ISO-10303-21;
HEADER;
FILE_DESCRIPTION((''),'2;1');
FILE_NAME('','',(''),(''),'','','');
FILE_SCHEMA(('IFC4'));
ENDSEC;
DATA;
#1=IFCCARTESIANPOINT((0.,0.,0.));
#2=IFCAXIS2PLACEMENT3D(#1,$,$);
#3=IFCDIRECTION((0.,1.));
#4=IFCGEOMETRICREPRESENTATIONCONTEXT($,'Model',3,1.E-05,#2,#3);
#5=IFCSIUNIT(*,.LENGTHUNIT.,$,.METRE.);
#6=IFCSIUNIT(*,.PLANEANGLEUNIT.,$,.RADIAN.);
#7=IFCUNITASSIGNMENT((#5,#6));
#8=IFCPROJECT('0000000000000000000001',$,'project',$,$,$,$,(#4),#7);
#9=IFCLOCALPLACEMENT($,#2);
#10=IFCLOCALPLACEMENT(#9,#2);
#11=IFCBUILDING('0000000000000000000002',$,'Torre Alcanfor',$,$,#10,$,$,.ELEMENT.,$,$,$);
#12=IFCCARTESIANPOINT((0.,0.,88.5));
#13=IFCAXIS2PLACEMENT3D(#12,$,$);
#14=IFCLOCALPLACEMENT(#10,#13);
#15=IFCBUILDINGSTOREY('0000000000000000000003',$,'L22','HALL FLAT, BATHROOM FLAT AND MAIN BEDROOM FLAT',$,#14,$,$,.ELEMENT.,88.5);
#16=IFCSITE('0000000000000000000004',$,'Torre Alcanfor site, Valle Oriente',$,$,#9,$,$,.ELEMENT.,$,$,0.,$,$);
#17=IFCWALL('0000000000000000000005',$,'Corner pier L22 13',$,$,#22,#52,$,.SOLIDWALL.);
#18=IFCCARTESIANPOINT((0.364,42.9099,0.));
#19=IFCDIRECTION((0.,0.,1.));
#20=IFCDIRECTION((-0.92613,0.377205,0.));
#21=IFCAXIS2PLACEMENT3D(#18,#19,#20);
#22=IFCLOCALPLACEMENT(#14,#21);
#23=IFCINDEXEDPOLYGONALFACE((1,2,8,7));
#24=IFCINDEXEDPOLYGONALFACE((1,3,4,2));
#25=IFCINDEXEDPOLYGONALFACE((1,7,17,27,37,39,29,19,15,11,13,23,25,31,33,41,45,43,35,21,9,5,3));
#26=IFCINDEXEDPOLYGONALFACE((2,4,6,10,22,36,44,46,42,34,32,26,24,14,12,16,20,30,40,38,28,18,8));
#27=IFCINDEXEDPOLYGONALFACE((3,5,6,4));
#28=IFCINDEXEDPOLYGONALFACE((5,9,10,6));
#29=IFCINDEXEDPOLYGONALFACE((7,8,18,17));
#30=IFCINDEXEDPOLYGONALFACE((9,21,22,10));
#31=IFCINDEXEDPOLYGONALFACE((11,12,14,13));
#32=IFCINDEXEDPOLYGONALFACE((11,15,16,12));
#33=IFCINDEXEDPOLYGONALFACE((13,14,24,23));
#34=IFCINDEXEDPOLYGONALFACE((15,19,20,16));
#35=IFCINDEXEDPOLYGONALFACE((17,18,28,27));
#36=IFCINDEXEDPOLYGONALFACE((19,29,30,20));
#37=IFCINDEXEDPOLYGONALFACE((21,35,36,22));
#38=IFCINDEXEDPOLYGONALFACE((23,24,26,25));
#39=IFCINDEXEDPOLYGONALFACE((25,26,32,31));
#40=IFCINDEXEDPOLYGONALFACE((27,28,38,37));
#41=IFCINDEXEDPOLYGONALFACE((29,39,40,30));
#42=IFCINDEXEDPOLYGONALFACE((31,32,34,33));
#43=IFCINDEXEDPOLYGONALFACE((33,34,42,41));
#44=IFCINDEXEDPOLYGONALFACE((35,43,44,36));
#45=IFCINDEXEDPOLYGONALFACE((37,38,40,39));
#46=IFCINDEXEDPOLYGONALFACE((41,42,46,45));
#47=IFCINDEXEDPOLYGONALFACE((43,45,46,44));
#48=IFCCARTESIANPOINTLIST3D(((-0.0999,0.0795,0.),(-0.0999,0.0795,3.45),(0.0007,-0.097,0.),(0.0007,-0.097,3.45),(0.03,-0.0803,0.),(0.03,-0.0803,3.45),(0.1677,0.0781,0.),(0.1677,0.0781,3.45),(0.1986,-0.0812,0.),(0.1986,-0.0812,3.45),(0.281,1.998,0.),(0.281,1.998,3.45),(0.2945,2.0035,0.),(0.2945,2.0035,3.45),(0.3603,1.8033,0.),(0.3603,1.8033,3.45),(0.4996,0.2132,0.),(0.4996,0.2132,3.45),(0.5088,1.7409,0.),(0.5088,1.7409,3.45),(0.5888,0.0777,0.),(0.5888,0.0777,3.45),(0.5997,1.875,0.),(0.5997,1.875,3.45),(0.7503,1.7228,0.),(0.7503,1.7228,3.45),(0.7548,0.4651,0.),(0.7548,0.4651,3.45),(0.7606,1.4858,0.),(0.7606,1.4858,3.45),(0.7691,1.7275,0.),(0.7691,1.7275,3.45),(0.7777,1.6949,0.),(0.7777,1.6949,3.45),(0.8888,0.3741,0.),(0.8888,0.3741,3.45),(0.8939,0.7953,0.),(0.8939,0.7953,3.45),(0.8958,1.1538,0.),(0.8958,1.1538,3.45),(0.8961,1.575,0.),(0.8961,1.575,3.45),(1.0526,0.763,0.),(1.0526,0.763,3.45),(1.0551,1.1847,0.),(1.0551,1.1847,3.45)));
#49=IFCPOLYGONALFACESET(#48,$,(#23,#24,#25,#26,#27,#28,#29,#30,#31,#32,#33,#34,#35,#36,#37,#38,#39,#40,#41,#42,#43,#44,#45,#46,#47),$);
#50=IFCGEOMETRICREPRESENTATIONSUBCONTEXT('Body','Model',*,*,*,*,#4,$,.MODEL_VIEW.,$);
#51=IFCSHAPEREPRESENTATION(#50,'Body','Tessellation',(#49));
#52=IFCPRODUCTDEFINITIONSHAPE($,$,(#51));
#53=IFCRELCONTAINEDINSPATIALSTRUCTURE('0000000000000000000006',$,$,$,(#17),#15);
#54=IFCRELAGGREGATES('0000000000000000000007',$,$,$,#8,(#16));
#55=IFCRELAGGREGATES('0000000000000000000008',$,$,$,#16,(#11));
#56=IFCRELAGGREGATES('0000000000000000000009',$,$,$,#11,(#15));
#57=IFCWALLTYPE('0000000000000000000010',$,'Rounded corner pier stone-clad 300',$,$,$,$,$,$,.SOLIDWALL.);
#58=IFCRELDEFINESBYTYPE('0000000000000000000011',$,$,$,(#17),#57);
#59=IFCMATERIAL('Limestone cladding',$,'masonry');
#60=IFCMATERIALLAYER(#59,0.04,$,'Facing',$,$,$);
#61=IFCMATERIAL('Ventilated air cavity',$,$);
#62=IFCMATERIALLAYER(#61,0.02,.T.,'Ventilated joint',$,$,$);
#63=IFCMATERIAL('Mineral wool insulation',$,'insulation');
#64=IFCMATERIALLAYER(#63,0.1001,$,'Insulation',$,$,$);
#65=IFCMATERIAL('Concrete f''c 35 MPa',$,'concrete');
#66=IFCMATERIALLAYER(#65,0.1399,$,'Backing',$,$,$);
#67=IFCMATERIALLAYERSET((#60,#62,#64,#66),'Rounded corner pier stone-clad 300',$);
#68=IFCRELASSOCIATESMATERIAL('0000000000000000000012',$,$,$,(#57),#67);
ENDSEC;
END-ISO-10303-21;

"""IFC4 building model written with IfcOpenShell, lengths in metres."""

from ifc_helpers import new_model, si_unit, direction, frame, origin, place, context, subcontext, project, spatial, polyline, outline, extrude, material, layer, layer_set, type_object, element, save


model = new_model("IFC4")

# Units and contexts
model_context = context("Model", 3, precision=1e-05, world=origin(), true_north=direction((0.0, 1.0)))
body_context = subcontext(model_context, "Body", "Model", "MODEL_VIEW")
ifc_project = project(units=[si_unit("LENGTHUNIT", "METRE"), si_unit("PLANEANGLEUNIT", "RADIAN")], contexts=[model_context])

# Site, building, storey
site_placement = place(None, origin())
site = spatial("IfcSite", under=ifc_project, at=site_placement, Name="Torre Alcanfor site, Valle Oriente", CompositionType="ELEMENT", RefElevation=0.0)
building_placement = place(site_placement, origin())
building = spatial("IfcBuilding", under=site, at=building_placement, Name="Torre Alcanfor", CompositionType="ELEMENT")
storey_placement = place(building_placement, frame((0.0, 0.0, 88.5)))
storey = spatial("IfcBuildingStorey", under=building, at=storey_placement, Name="L22", Description="HALL FLAT, BATHROOM FLAT AND MAIN BEDROOM FLAT", CompositionType="ELEMENT", Elevation=88.5)

# Shared definitions
ifc_material_1 = material(Name="Limestone cladding", Category="masonry")
ifc_material_2 = material(Name="Ventilated air cavity")
ifc_material_3 = material(Name="Mineral wool insulation", Category="insulation")
ifc_material_4 = material(Name="Concrete f'c 35 MPa", Category="concrete")

# Wall
ifc_layer_1 = layer(ifc_material_1, 0.04, Name="Facing")
ifc_layer_2 = layer(ifc_material_2, 0.02, ventilated=True, Name="Ventilated joint")
ifc_layer_3 = layer(ifc_material_3, 0.1001, Name="Insulation")
ifc_layer_4 = layer(ifc_material_4, 0.1399, Name="Backing")
ifc_layer_set_1 = layer_set([ifc_layer_1, ifc_layer_2, ifc_layer_3, ifc_layer_4], Name="Rounded corner pier stone-clad 300")
wall_type_1 = type_object("IfcWallType", Name="Rounded corner pier stone-clad 300", PredefinedType="SOLIDWALL", material=ifc_layer_set_1)
wall_1_placement = place(storey_placement, frame((0.364, 42.9099, 0.0), z_axis=(0.0, 0.0, 1.0), x_axis=(-0.92613, 0.377205, 0.0)))
element("IfcWall", 1, at=wall_1_placement, inside=storey, type_object=wall_type_1, Name="Corner pier L22 13", PredefinedType="SOLIDWALL", context=body_context, shape_type="SweptSolid", body=[
    extrude(outline(polyline([(0.3603, 1.8033), (0.5088, 1.7409), (0.7606, 1.4858), (0.8958, 1.1538), (0.8939, 0.7953), (0.7548, 0.4651), (0.4996, 0.2132), (0.1677, 0.0781), (-0.0999, 0.0795), (0.0007, -0.097), (0.03, -0.0803), (0.1986, -0.0812), (0.5888, 0.0777), (0.8888, 0.3741), (1.0526, 0.763), (1.0551, 1.1847), (0.8961, 1.575), (0.7777, 1.6949), (0.7691, 1.7275), (0.7503, 1.7228), (0.5997, 1.875), (0.2945, 2.0035), (0.281, 1.998), (0.3603, 1.8033)])), origin(), (0.0, 0.0, 1.0), 3.45),
])

save(model, "model.ifc")
